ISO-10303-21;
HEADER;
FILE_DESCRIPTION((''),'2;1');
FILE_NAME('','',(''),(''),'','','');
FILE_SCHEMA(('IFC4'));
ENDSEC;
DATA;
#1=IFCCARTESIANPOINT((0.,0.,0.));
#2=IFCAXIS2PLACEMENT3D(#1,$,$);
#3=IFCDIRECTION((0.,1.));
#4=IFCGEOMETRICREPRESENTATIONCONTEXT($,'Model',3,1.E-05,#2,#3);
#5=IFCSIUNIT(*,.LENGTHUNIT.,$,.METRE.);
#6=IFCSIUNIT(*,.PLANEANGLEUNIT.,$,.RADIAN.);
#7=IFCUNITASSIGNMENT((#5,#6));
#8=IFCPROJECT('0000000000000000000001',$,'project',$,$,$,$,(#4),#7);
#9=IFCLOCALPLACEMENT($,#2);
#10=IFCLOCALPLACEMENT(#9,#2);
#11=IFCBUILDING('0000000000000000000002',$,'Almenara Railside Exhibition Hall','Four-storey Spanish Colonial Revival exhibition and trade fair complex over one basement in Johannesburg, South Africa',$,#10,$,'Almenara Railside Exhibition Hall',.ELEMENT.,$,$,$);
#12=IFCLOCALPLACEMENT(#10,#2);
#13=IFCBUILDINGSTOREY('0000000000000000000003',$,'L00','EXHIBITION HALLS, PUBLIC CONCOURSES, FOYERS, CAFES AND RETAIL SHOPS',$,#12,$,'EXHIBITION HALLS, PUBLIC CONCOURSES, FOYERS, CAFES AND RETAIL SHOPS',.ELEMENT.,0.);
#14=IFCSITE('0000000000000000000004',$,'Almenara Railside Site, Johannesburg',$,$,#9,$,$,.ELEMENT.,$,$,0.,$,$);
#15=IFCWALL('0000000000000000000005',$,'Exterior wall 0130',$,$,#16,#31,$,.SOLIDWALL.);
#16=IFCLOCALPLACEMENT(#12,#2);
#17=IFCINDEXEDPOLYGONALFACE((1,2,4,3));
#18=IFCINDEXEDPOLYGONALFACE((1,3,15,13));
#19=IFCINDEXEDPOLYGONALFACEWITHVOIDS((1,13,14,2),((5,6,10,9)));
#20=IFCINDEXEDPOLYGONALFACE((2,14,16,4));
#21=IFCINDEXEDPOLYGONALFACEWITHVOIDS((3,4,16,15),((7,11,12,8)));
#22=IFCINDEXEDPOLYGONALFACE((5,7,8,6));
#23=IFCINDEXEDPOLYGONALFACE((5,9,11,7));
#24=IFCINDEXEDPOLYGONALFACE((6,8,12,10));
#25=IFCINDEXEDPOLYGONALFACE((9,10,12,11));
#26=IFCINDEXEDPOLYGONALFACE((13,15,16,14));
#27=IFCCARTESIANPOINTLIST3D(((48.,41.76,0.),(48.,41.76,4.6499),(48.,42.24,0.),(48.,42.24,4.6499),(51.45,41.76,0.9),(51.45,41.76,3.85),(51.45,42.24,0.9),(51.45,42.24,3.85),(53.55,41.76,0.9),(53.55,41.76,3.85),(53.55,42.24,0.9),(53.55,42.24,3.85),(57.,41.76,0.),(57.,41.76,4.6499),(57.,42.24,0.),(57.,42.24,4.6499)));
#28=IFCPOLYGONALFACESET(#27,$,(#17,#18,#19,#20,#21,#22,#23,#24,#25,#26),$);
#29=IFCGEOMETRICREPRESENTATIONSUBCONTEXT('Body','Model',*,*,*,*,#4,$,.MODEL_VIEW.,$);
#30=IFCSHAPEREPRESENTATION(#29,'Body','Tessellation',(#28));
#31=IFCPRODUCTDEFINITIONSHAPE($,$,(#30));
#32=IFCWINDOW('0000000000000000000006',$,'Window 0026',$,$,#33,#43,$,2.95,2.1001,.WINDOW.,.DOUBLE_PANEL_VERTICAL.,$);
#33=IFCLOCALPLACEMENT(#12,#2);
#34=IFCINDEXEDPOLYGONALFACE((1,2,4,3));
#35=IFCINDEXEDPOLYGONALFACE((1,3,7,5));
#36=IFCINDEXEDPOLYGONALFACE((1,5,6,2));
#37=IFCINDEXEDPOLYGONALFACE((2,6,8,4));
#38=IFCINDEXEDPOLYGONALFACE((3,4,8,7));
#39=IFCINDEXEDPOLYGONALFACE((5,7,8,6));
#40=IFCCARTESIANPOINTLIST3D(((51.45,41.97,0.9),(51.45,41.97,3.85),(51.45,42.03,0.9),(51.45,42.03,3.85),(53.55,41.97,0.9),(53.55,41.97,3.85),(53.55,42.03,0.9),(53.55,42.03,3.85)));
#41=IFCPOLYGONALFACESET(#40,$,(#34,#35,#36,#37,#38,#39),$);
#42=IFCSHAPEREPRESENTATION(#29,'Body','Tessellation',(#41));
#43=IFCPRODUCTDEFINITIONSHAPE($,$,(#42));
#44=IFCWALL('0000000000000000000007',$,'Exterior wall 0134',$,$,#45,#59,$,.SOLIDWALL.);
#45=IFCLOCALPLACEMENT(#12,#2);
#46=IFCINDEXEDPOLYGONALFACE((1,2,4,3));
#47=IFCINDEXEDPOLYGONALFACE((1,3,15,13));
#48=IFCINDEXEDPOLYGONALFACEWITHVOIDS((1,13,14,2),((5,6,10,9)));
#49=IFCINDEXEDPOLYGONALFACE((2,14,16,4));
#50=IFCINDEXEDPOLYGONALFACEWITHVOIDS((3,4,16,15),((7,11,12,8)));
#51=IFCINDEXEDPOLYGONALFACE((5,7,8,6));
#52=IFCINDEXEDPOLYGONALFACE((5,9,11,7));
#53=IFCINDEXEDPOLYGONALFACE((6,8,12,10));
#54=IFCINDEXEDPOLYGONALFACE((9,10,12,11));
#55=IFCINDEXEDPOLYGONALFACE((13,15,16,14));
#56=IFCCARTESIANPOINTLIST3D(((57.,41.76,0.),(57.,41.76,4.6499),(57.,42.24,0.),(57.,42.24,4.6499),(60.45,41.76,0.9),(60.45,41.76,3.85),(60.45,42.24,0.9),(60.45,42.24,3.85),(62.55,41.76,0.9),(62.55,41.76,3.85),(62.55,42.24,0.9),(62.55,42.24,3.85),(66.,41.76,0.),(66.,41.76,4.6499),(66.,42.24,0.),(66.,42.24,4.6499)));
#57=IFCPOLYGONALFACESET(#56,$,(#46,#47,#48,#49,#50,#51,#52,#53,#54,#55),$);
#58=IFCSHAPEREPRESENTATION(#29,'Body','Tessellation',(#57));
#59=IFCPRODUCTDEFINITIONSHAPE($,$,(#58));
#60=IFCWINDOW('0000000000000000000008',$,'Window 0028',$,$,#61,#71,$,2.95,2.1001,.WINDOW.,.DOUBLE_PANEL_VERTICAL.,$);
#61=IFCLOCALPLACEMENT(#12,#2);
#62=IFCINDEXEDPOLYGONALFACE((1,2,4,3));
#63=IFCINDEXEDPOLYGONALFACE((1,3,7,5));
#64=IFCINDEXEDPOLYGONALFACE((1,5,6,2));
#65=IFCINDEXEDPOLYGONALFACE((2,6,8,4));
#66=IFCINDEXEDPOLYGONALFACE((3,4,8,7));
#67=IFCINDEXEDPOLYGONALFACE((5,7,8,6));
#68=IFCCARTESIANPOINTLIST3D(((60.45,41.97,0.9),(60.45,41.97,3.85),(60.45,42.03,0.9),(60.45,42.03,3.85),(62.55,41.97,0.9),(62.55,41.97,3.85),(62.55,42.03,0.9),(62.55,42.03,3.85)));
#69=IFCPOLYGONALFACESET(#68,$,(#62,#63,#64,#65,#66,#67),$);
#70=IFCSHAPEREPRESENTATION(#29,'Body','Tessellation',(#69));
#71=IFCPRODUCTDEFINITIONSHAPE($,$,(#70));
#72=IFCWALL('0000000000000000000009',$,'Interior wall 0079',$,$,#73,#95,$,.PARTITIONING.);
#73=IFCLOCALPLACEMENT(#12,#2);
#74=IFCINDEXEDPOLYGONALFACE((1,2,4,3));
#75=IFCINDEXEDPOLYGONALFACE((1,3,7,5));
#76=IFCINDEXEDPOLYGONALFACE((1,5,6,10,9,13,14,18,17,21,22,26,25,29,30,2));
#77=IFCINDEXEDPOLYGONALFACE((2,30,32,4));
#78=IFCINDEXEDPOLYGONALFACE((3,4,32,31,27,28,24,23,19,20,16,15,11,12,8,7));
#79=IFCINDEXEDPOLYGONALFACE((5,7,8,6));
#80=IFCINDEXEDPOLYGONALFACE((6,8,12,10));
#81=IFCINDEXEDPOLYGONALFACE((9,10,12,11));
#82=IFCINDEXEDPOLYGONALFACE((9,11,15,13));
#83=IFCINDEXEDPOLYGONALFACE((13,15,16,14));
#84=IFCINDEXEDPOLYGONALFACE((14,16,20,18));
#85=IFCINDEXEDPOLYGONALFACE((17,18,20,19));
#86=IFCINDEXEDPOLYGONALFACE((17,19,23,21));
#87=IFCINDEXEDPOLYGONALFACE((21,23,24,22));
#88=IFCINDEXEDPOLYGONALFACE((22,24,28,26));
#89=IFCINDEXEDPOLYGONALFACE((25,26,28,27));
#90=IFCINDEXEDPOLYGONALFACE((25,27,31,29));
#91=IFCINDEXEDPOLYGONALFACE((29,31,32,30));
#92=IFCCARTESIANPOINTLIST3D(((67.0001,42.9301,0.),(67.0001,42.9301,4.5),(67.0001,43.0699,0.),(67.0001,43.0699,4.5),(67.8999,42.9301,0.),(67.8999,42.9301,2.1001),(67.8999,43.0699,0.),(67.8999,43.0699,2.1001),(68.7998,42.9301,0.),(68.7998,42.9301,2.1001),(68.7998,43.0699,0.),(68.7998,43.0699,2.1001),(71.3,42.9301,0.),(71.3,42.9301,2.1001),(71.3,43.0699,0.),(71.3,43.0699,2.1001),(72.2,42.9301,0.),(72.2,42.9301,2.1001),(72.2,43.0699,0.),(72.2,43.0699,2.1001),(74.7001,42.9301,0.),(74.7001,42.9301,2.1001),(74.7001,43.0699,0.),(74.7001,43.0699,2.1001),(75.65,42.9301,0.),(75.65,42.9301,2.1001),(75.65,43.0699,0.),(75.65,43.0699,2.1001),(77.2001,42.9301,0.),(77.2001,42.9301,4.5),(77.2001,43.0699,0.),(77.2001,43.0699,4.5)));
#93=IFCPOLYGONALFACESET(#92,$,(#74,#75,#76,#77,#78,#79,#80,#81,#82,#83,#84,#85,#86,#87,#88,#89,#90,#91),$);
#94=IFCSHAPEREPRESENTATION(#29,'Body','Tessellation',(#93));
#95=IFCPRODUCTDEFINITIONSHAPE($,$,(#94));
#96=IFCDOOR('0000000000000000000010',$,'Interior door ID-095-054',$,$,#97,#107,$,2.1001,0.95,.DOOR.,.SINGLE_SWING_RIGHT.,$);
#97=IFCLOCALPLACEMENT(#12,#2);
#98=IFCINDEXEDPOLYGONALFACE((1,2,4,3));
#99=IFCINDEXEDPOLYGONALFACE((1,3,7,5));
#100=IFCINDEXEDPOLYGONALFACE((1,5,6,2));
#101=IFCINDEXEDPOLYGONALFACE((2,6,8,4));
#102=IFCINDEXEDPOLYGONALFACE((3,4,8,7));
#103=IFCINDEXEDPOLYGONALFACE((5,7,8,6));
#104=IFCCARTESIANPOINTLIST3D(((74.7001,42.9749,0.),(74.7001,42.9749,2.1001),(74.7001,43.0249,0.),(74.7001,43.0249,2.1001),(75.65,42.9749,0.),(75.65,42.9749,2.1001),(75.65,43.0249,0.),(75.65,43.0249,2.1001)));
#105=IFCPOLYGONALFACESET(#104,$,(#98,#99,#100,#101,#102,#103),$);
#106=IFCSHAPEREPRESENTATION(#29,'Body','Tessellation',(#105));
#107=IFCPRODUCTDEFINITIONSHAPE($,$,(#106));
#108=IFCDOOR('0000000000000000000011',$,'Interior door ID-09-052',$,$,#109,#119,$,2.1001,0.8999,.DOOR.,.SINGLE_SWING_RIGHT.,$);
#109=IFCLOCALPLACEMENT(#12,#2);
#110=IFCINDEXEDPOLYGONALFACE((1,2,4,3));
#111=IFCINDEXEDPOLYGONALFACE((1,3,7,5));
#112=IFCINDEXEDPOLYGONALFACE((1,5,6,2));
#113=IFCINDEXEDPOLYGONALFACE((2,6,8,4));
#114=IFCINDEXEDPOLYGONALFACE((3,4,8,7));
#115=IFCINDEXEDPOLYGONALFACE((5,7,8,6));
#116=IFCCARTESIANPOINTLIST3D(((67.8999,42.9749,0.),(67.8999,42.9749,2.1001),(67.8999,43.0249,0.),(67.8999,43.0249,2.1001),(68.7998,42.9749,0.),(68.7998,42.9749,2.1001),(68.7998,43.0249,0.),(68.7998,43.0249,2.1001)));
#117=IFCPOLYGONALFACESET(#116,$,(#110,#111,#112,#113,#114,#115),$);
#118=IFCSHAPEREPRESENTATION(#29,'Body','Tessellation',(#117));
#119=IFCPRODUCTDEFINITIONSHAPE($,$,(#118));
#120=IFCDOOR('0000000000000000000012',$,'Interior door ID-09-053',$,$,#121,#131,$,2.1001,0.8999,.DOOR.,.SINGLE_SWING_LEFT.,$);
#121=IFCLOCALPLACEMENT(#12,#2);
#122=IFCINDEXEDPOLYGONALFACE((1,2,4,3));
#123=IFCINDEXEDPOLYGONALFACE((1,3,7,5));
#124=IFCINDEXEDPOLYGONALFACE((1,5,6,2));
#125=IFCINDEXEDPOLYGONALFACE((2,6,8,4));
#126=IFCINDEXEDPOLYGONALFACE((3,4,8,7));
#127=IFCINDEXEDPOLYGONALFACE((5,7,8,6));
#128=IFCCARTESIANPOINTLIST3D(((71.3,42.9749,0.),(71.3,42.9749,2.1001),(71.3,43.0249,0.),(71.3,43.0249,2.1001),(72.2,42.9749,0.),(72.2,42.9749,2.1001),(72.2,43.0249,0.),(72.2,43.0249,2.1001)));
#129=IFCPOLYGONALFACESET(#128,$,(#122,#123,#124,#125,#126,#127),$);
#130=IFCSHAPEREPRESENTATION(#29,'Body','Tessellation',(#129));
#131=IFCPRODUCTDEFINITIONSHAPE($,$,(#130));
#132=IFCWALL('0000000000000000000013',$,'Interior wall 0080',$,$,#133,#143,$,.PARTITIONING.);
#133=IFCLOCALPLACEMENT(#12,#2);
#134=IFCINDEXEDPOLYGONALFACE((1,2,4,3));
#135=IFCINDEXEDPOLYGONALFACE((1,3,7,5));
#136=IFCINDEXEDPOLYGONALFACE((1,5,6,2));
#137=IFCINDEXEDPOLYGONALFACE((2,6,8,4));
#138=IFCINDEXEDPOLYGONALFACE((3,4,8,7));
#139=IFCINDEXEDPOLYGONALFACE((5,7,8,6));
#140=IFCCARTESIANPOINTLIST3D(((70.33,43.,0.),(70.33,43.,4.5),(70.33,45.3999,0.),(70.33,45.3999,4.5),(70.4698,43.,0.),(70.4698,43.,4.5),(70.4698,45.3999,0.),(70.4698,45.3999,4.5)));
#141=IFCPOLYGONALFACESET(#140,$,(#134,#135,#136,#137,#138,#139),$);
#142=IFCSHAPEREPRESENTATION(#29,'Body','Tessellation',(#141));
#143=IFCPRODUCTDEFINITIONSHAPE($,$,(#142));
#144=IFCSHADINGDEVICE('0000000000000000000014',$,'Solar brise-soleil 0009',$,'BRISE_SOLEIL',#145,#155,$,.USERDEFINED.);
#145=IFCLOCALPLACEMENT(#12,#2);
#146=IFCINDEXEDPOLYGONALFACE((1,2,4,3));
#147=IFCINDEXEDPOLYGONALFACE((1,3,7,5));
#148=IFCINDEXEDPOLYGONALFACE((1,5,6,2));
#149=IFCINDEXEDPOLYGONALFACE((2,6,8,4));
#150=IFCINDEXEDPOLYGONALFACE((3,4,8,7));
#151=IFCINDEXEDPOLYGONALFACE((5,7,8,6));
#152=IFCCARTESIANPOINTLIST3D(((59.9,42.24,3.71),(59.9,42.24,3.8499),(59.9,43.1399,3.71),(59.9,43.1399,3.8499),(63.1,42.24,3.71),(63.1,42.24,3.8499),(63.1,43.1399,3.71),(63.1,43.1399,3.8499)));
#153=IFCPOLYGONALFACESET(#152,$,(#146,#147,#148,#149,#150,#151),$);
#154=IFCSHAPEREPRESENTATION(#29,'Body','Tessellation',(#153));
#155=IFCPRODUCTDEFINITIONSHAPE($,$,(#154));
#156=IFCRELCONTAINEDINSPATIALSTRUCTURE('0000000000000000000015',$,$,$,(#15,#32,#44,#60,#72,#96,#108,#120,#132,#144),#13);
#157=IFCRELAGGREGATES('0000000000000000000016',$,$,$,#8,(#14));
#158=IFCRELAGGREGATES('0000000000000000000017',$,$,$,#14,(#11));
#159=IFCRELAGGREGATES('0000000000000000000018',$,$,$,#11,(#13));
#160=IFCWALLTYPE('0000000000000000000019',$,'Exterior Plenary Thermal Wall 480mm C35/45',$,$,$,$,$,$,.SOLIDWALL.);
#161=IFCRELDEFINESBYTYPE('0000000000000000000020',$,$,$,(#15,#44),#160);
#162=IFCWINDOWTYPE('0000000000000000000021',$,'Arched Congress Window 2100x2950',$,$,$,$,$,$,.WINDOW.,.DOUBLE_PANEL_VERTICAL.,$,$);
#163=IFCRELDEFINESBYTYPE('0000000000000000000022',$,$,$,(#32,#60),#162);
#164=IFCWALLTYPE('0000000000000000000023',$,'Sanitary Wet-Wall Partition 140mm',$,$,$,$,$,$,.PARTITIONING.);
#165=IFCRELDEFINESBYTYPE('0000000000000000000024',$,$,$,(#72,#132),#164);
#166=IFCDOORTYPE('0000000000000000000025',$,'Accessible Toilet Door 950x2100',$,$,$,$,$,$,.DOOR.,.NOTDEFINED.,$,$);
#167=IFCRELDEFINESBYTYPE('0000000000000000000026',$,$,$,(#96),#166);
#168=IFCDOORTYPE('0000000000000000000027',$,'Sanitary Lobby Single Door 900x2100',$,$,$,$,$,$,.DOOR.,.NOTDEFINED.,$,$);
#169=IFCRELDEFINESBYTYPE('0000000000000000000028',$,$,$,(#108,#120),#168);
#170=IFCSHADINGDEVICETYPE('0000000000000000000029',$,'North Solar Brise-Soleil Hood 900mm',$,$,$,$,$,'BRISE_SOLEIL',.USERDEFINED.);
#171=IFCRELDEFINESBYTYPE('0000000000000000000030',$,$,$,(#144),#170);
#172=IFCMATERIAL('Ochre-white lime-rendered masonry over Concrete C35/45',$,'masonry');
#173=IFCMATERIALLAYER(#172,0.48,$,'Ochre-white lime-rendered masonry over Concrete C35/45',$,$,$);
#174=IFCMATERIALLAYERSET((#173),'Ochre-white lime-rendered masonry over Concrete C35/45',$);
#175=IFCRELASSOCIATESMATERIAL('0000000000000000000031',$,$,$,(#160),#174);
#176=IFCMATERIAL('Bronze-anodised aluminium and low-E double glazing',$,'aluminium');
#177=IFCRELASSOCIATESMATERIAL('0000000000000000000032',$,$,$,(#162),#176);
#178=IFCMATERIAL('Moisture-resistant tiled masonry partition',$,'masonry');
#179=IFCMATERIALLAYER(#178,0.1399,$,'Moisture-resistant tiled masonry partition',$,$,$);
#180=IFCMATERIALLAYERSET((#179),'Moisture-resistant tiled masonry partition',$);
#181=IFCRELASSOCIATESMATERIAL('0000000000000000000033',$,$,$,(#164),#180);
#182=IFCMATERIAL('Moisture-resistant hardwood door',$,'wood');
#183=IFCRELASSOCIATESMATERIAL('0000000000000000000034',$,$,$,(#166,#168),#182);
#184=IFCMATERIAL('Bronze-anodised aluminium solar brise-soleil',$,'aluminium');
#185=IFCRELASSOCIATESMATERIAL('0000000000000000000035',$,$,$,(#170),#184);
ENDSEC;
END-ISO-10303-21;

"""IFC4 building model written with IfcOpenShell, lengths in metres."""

from ifc_helpers import new_model, si_unit, direction, frame, frame_2d, origin, origin_2d, place, context, subcontext, project, spatial, rectangle, extrude, material, layer, layer_set, type_object, element, fill, save


model = new_model("IFC4")

# Units and contexts
model_context = context("Model", 3, precision=1e-05, world=origin(), true_north=direction((0.0, 1.0)))
body_context = subcontext(model_context, "Body", "Model", "MODEL_VIEW")
ifc_project = project(units=[si_unit("LENGTHUNIT", "METRE"), si_unit("PLANEANGLEUNIT", "RADIAN")], contexts=[model_context])

# Site, building, storey
site_placement = place(None, origin())
site = spatial("IfcSite", under=ifc_project, at=site_placement, Name="Almenara Railside Site, Johannesburg", CompositionType="ELEMENT", RefElevation=0.0)
building_placement = place(site_placement, origin())
building = spatial("IfcBuilding", under=site, at=building_placement, Name="Almenara Railside Exhibition Hall", Description="Four-storey Spanish Colonial Revival exhibition and trade fair complex over one basement in Johannesburg, South Africa", LongName="Almenara Railside Exhibition Hall", CompositionType="ELEMENT")
storey_placement = place(building_placement, origin())
storey = spatial("IfcBuildingStorey", under=building, at=storey_placement, Name="L00", Description="EXHIBITION HALLS, PUBLIC CONCOURSES, FOYERS, CAFES AND RETAIL SHOPS", LongName="EXHIBITION HALLS, PUBLIC CONCOURSES, FOYERS, CAFES AND RETAIL SHOPS", CompositionType="ELEMENT", Elevation=0.0)

# Walls, openings, windows
ifc_material_1 = material(Name="Ochre-white lime-rendered masonry over Concrete C35/45", Category="masonry")
ifc_layer_1 = layer(ifc_material_1, 0.48, Name="Ochre-white lime-rendered masonry over Concrete C35/45")
ifc_layer_set_1 = layer_set([ifc_layer_1], Name="Ochre-white lime-rendered masonry over Concrete C35/45")
wall_type_1 = type_object("IfcWallType", Name="Exterior Plenary Thermal Wall 480mm C35/45", PredefinedType="SOLIDWALL", material=ifc_layer_set_1)
wall_1_placement = place(storey_placement, frame((57.0, 42.0, 0.0), z_axis=(0.0, 0.0, 1.0), x_axis=(-1.0, 0.0, 0.0)))
wall_1 = element("IfcWall", 1, at=wall_1_placement, inside=storey, type_object=wall_type_1, Name="Exterior wall 0130", PredefinedType="SOLIDWALL", context=body_context, shape_type="SweptSolid", body=[
    extrude(rectangle(XDim=9.0, YDim=0.48, at=frame_2d((4.5, 0.0))), origin(), (0.0, 0.0, 1.0), 4.6499),
])
opening_1_placement = place(wall_1_placement, frame((3.45, 0.0, 0.8999)))
opening_1 = element("IfcOpeningElement", 2, at=opening_1_placement, cuts=wall_1, PredefinedType="OPENING", context=body_context, shape_type="SweptSolid", body=[
    extrude(rectangle(XDim=2.1001, YDim=2.95, at=frame_2d((1.05, 1.4751))), frame((0.0, 0.25, 0.0), z_axis=(0.0, -1.0, 0.0), x_axis=(1.0, 0.0, 0.0)), (0.0, 0.0, 1.0), 0.5),
])
ifc_material_2 = material(Name="Bronze-anodised aluminium and low-E double glazing", Category="aluminium")
window_type = type_object("IfcWindowType", Name="Arched Congress Window 2100x2950", PartitioningType="DOUBLE_PANEL_VERTICAL", PredefinedType="WINDOW", material=ifc_material_2)
window_1_placement = place(opening_1_placement, origin())
window_1 = element("IfcWindow", 3, at=window_1_placement, inside=storey, type_object=window_type, Name="Window 0026", OverallHeight=2.95, OverallWidth=2.1001, PartitioningType="DOUBLE_PANEL_VERTICAL", PredefinedType="WINDOW", context=body_context, shape_type="SweptSolid", body=[
    extrude(rectangle(XDim=2.1001, YDim=2.95, at=frame_2d((1.05, 1.4751))), frame((0.0, 0.03, 0.0), z_axis=(0.0, -1.0, 0.0), x_axis=(1.0, 0.0, 0.0)), (0.0, 0.0, 1.0), 0.0601),
])
fill(opening_1, window_1)
wall_2_placement = place(storey_placement, frame((66.0, 42.0, 0.0), z_axis=(0.0, 0.0, 1.0), x_axis=(-1.0, 0.0, 0.0)))
wall_2 = element("IfcWall", 4, at=wall_2_placement, inside=storey, type_object=wall_type_1, Name="Exterior wall 0134", PredefinedType="SOLIDWALL", context=body_context, shape_type="SweptSolid", body=[
    extrude(rectangle(XDim=9.0, YDim=0.48, at=frame_2d((4.5, 0.0))), origin(), (0.0, 0.0, 1.0), 4.6499),
])
opening_2_placement = place(wall_2_placement, frame((3.45, 0.0, 0.8999)))
opening_2 = element("IfcOpeningElement", 5, at=opening_2_placement, cuts=wall_2, PredefinedType="OPENING", context=body_context, shape_type="SweptSolid", body=[
    extrude(rectangle(XDim=2.1001, YDim=2.95, at=frame_2d((1.05, 1.4751))), frame((0.0, 0.25, 0.0), z_axis=(0.0, -1.0, 0.0), x_axis=(1.0, 0.0, 0.0)), (0.0, 0.0, 1.0), 0.5),
])
window_2_placement = place(opening_2_placement, origin())
window_2 = element("IfcWindow", 6, at=window_2_placement, inside=storey, type_object=window_type, Name="Window 0028", OverallHeight=2.95, OverallWidth=2.1001, PartitioningType="DOUBLE_PANEL_VERTICAL", PredefinedType="WINDOW", context=body_context, shape_type="SweptSolid", body=[
    extrude(rectangle(XDim=2.1001, YDim=2.95, at=frame_2d((1.05, 1.4751))), frame((0.0, 0.03, 0.0), z_axis=(0.0, -1.0, 0.0), x_axis=(1.0, 0.0, 0.0)), (0.0, 0.0, 1.0), 0.0601),
])
fill(opening_2, window_2)

# Wall, openings, doors
ifc_material_3 = material(Name="Moisture-resistant tiled masonry partition", Category="masonry")
ifc_layer_2 = layer(ifc_material_3, 0.1399, Name="Moisture-resistant tiled masonry partition")
ifc_layer_set_2 = layer_set([ifc_layer_2], Name="Moisture-resistant tiled masonry partition")
wall_type_2 = type_object("IfcWallType", Name="Sanitary Wet-Wall Partition 140mm", PredefinedType="PARTITIONING", material=ifc_layer_set_2)
wall_3_placement = place(storey_placement, frame((67.0, 43.0, 0.0), z_axis=(0.0, 0.0, 1.0), x_axis=(1.0, 0.0, 0.0)))
wall_3 = element("IfcWall", 7, at=wall_3_placement, inside=storey, type_object=wall_type_2, Name="Interior wall 0079", PredefinedType="PARTITIONING", context=body_context, shape_type="SweptSolid", body=[
    extrude(rectangle(XDim=10.2, YDim=0.1399, at=frame_2d((5.1001, 0.0))), origin(), (0.0, 0.0, 1.0), 4.5),
])
opening_3_placement = place(wall_3_placement, frame((0.8999, 0.0, 0.0)))
opening_3 = element("IfcOpeningElement", 8, at=opening_3_placement, cuts=wall_3, PredefinedType="OPENING", context=body_context, shape_type="SweptSolid", body=[
    extrude(rectangle(XDim=0.8999, YDim=2.1001, at=frame_2d((0.45, 1.05))), frame((0.0, 0.0798, 0.0), z_axis=(0.0, -1.0, 0.0), x_axis=(1.0, 0.0, 0.0)), (0.0, 0.0, 1.0), 0.1599),
])
opening_4_placement = place(wall_3_placement, frame((4.3, 0.0, 0.0)))
opening_4 = element("IfcOpeningElement", 9, at=opening_4_placement, cuts=wall_3, PredefinedType="OPENING", context=body_context, shape_type="SweptSolid", body=[
    extrude(rectangle(XDim=0.8999, YDim=2.1001, at=frame_2d((0.45, 1.05))), frame((0.0, 0.0798, 0.0), z_axis=(0.0, -1.0, 0.0), x_axis=(1.0, 0.0, 0.0)), (0.0, 0.0, 1.0), 0.1599),
])
opening_5_placement = place(wall_3_placement, frame((7.7, 0.0, 0.0)))
opening_5 = element("IfcOpeningElement", 10, at=opening_5_placement, cuts=wall_3, PredefinedType="OPENING", context=body_context, shape_type="SweptSolid", body=[
    extrude(rectangle(XDim=0.95, YDim=2.1001, at=frame_2d((0.4751, 1.05))), frame((0.0, 0.0798, 0.0), z_axis=(0.0, -1.0, 0.0), x_axis=(1.0, 0.0, 0.0)), (0.0, 0.0, 1.0), 0.1599),
])
ifc_material_4 = material(Name="Moisture-resistant hardwood door", Category="wood")
door_type_1 = type_object("IfcDoorType", Name="Accessible Toilet Door 950x2100", OperationType="NOTDEFINED", PredefinedType="DOOR", material=ifc_material_4)
door_1_placement = place(opening_5_placement, origin())
door_1 = element("IfcDoor", 11, at=door_1_placement, inside=storey, type_object=door_type_1, Name="Interior door ID-095-054", OperationType="SINGLE_SWING_RIGHT", OverallHeight=2.1001, OverallWidth=0.95, PredefinedType="DOOR", context=body_context, shape_type="SweptSolid", body=[
    extrude(rectangle(XDim=0.95, YDim=2.1001, at=frame_2d((0.4751, 1.05))), frame((0.0, 0.0249, 0.0), z_axis=(0.0, -1.0, 0.0), x_axis=(1.0, 0.0, 0.0)), (0.0, 0.0, 1.0), 0.05),
])
fill(opening_5, door_1)
door_type_2 = type_object("IfcDoorType", Name="Sanitary Lobby Single Door 900x2100", OperationType="NOTDEFINED", PredefinedType="DOOR", material=ifc_material_4)
door_2_placement = place(opening_3_placement, origin())
door_2 = element("IfcDoor", 12, at=door_2_placement, inside=storey, type_object=door_type_2, Name="Interior door ID-09-052", OperationType="SINGLE_SWING_RIGHT", OverallHeight=2.1001, OverallWidth=0.8999, PredefinedType="DOOR", context=body_context, shape_type="SweptSolid", body=[
    extrude(rectangle(XDim=0.8999, YDim=2.1001, at=frame_2d((0.45, 1.05))), frame((0.0, 0.0249, 0.0), z_axis=(0.0, -1.0, 0.0), x_axis=(1.0, 0.0, 0.0)), (0.0, 0.0, 1.0), 0.05),
])
fill(opening_3, door_2)
door_3_placement = place(opening_4_placement, origin())
door_3 = element("IfcDoor", 13, at=door_3_placement, inside=storey, type_object=door_type_2, Name="Interior door ID-09-053", OperationType="SINGLE_SWING_LEFT", OverallHeight=2.1001, OverallWidth=0.8999, PredefinedType="DOOR", context=body_context, shape_type="SweptSolid", body=[
    extrude(rectangle(XDim=0.8999, YDim=2.1001, at=frame_2d((0.45, 1.05))), frame((0.0, 0.0249, 0.0), z_axis=(0.0, -1.0, 0.0), x_axis=(1.0, 0.0, 0.0)), (0.0, 0.0, 1.0), 0.05),
])
fill(opening_4, door_3)

# Wall
wall_4_placement = place(storey_placement, frame((70.3999, 43.0, 0.0), z_axis=(0.0, 0.0, 1.0), x_axis=(0.0, 1.0, 0.0)))
element("IfcWall", 14, at=wall_4_placement, inside=storey, type_object=wall_type_2, Name="Interior wall 0080", PredefinedType="PARTITIONING", context=body_context, shape_type="SweptSolid", body=[
    extrude(rectangle(XDim=2.3999, YDim=0.1399, at=frame_2d((1.2, 0.0))), origin(), (0.0, 0.0, 1.0), 4.5),
])

# Shading device
ifc_material_5 = material(Name="Bronze-anodised aluminium solar brise-soleil", Category="aluminium")
shading_device_type = type_object("IfcShadingDeviceType", Name="North Solar Brise-Soleil Hood 900mm", ElementType="BRISE_SOLEIL", PredefinedType="USERDEFINED", material=ifc_material_5)
shading_device_placement = place(storey_placement, frame((61.5, 42.6899, 3.71), z_axis=(0.0, 0.0, 1.0), x_axis=(-1.0, 0.0, 0.0)))
element("IfcShadingDevice", 15, at=shading_device_placement, inside=storey, type_object=shading_device_type, Name="Solar brise-soleil 0009", ObjectType="BRISE_SOLEIL", PredefinedType="USERDEFINED", context=body_context, shape_type="SweptSolid", body=[
    extrude(rectangle(XDim=3.2, YDim=0.8999, at=origin_2d()), origin(), (0.0, 0.0, 1.0), 0.1399),
])

save(model, "model.ifc")
